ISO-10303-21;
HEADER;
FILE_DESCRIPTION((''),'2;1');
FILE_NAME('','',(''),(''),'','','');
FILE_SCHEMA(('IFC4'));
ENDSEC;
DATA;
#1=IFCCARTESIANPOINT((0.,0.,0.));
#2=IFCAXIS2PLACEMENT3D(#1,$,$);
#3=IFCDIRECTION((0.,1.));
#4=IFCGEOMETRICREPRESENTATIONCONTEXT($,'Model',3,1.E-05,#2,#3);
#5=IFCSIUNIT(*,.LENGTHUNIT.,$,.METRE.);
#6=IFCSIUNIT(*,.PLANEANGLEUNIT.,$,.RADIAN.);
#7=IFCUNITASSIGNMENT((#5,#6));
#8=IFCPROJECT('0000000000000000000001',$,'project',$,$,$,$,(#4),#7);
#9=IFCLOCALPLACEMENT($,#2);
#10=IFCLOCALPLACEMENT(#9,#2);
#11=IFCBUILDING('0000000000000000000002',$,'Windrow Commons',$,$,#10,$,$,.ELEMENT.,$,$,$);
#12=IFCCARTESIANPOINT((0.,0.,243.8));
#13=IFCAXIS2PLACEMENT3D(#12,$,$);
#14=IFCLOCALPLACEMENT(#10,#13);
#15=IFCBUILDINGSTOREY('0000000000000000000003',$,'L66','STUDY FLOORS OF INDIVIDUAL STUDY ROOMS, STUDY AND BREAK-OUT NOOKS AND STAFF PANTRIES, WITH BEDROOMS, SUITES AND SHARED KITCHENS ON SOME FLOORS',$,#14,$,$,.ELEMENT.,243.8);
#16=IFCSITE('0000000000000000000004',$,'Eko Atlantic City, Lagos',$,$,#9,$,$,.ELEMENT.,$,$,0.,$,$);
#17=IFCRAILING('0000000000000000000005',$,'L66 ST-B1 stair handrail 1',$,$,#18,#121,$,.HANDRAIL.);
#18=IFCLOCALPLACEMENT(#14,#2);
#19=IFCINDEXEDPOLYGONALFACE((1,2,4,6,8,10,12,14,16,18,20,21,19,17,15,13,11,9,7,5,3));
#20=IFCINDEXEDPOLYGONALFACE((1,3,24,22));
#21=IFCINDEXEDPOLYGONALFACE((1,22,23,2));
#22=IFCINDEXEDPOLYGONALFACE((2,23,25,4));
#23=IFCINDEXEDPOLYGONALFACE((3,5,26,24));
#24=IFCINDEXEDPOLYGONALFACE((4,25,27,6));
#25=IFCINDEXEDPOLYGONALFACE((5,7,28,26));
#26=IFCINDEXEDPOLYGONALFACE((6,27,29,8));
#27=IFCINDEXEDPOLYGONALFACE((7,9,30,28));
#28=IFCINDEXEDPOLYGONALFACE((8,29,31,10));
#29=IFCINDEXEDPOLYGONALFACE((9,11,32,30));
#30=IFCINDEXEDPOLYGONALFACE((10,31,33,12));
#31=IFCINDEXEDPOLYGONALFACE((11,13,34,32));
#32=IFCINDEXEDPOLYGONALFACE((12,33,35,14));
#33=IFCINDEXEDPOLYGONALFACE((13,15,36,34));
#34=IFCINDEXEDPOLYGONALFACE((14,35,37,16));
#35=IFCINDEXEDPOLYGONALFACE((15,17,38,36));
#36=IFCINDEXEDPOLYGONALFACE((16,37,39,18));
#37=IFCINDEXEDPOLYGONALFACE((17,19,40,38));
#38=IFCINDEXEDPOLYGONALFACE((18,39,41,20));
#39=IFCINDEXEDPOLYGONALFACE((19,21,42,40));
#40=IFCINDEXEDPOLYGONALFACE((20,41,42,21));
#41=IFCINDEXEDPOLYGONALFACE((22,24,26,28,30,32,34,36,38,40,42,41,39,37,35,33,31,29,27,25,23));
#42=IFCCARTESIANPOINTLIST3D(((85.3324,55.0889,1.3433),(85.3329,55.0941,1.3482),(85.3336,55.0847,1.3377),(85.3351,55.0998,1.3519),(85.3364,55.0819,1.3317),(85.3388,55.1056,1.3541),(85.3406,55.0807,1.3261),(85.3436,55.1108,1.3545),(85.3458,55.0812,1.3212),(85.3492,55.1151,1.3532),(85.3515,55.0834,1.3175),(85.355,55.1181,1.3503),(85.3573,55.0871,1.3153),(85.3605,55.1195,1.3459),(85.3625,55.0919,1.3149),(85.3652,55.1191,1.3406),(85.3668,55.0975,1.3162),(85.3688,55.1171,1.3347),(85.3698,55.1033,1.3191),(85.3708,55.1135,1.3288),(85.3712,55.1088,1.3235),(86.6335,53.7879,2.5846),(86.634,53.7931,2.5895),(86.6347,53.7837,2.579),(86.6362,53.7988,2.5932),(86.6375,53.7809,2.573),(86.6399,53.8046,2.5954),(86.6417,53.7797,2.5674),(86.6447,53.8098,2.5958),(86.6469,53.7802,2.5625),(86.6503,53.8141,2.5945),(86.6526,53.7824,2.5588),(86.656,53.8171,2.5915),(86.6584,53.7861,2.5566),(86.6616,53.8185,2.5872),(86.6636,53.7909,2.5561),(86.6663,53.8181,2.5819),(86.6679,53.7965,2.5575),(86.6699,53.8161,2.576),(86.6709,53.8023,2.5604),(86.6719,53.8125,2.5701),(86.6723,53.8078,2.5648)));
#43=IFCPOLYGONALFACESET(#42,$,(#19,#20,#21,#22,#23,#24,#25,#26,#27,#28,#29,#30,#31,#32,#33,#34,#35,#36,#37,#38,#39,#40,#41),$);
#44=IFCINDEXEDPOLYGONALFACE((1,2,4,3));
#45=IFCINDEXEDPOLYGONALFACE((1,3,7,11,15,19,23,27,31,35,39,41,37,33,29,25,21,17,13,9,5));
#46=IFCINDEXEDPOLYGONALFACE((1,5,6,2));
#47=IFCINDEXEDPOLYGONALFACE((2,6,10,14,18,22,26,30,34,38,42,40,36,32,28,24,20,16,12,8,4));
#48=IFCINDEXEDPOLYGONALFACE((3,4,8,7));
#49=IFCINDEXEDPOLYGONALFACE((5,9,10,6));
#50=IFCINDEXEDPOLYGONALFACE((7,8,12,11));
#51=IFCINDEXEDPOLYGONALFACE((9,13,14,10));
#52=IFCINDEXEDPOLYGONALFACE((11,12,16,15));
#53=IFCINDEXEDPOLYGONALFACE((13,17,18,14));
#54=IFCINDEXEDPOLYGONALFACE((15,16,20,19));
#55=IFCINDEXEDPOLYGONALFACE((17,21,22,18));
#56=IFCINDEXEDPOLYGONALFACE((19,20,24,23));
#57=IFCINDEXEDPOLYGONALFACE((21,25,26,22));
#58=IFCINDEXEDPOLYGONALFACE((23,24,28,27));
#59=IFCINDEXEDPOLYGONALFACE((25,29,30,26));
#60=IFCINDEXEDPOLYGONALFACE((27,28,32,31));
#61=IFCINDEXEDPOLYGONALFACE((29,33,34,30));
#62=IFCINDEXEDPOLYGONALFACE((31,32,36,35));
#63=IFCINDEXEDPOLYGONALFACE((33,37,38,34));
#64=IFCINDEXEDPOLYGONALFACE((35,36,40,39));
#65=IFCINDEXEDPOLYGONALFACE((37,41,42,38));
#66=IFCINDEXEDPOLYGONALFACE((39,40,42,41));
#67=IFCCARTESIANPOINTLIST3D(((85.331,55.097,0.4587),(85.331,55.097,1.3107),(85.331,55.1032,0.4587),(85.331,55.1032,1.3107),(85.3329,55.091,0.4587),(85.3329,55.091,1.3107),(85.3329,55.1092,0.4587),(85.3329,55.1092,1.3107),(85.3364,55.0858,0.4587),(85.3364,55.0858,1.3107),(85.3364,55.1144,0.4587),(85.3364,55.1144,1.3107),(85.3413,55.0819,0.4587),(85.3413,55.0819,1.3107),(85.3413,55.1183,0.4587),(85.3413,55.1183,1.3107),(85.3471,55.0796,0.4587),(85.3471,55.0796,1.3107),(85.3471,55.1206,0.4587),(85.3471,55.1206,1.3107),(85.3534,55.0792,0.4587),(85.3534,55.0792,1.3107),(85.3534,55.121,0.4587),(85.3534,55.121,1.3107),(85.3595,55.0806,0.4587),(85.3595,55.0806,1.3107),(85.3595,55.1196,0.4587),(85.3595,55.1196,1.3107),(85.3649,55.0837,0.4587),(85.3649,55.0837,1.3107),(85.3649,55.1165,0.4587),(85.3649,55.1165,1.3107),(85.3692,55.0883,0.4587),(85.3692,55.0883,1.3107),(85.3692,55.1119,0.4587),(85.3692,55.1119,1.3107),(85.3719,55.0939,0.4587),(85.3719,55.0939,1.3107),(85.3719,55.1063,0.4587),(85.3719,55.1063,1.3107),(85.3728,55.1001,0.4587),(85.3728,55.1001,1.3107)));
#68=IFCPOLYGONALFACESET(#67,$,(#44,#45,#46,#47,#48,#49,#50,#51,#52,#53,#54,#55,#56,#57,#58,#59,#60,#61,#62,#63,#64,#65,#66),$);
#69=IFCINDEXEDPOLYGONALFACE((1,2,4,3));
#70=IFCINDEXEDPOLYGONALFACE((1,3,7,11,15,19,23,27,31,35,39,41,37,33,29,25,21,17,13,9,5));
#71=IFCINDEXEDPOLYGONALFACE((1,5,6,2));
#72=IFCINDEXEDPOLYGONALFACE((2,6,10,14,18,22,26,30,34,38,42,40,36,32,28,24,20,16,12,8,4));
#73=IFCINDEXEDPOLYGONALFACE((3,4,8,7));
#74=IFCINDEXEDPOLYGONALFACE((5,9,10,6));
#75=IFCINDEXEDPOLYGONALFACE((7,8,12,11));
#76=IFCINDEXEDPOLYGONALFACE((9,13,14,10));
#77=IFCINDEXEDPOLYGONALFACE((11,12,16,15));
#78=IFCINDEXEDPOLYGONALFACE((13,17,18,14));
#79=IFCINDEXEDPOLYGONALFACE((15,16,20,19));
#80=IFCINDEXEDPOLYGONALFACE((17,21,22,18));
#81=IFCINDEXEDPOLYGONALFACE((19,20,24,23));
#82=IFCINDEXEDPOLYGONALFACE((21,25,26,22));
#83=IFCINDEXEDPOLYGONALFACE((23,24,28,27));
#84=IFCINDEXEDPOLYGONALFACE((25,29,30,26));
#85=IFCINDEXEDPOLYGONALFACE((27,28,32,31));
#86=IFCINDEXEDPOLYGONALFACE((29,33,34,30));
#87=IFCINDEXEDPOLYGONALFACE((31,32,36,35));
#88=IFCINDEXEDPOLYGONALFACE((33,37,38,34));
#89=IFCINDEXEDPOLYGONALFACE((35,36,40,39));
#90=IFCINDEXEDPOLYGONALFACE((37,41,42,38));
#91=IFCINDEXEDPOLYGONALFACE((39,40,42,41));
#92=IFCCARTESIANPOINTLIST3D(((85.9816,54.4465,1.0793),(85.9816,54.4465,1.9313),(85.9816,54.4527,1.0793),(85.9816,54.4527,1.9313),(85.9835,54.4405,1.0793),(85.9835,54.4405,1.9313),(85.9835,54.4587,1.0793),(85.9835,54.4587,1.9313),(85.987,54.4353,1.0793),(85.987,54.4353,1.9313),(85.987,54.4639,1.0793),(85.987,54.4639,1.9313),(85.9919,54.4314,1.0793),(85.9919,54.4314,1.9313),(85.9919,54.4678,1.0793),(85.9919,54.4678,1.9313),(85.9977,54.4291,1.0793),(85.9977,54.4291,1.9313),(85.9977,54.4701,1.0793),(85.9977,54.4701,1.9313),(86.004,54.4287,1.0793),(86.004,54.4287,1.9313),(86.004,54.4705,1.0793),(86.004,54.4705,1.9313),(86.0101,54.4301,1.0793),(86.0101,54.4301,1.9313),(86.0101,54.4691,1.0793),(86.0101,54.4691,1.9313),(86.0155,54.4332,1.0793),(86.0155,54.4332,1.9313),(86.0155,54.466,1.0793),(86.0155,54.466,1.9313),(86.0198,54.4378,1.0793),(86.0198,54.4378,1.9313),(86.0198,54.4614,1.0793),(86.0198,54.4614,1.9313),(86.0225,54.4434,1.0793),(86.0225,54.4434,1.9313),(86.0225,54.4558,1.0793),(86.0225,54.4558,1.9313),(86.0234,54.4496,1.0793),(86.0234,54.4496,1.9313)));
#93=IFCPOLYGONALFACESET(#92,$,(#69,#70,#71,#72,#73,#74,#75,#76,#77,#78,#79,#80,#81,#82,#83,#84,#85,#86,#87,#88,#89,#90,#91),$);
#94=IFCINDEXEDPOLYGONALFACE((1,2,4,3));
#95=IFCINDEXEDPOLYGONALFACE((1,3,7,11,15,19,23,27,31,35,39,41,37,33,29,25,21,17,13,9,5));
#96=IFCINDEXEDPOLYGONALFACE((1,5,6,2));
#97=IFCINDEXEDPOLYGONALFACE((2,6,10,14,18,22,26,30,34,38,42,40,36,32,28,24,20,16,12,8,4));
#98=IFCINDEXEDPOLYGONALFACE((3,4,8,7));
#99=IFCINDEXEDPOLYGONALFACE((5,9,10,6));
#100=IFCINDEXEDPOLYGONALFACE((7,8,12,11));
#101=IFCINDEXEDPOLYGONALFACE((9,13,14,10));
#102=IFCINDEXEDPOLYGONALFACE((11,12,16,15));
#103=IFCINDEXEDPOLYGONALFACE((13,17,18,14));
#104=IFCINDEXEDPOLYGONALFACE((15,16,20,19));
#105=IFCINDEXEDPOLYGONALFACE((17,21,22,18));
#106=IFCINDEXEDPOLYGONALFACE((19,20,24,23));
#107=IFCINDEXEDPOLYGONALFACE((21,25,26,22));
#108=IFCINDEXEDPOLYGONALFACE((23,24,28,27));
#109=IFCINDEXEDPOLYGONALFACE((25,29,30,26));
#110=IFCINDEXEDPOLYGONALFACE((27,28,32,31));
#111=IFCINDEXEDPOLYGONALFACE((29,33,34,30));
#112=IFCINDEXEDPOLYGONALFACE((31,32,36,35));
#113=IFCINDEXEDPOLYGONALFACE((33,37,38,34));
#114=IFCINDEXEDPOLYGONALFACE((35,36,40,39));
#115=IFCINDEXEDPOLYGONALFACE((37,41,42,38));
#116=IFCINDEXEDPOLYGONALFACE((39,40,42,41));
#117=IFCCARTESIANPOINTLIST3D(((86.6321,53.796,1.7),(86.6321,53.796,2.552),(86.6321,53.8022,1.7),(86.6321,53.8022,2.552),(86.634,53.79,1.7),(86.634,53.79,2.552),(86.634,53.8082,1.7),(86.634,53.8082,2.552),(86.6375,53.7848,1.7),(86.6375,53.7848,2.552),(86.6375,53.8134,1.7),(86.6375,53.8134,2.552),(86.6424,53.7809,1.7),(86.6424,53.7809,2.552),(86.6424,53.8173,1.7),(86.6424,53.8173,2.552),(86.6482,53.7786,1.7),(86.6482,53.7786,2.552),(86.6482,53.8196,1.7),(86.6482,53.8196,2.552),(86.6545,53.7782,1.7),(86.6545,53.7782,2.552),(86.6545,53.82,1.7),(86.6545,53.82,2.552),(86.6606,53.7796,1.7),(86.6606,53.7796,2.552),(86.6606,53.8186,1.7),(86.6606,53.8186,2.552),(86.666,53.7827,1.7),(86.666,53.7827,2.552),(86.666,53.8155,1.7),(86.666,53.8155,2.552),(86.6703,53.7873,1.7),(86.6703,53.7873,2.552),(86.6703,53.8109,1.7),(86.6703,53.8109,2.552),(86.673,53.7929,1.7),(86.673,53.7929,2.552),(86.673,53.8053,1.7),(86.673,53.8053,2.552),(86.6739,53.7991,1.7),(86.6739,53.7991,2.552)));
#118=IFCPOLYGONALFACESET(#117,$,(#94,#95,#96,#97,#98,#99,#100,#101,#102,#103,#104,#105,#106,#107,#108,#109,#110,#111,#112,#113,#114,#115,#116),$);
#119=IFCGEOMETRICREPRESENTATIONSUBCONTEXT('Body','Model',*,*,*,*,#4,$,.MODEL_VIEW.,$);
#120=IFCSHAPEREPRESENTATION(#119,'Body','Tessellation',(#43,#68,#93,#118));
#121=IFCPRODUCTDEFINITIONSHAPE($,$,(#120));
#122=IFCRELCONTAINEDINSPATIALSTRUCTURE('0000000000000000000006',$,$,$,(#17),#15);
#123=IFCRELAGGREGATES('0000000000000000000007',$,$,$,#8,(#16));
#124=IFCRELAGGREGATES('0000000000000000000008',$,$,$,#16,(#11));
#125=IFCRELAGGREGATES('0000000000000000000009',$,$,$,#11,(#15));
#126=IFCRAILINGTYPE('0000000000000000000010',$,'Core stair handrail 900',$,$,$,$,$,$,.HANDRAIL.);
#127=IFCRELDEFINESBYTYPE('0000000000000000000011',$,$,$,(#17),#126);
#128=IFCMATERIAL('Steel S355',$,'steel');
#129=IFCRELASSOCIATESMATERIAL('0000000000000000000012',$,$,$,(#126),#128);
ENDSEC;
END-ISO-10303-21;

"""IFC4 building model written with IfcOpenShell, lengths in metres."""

from ifc_helpers import new_model, si_unit, direction, frame, origin, origin_2d, place, context, subcontext, project, spatial, circle, extrude, material, type_object, element, save


model = new_model("IFC4")

# Units and contexts
model_context = context("Model", 3, precision=1e-05, world=origin(), true_north=direction((0.0, 1.0)))
body_context = subcontext(model_context, "Body", "Model", "MODEL_VIEW")
ifc_project = project(units=[si_unit("LENGTHUNIT", "METRE"), si_unit("PLANEANGLEUNIT", "RADIAN")], contexts=[model_context])

# Site, building, storey
site_placement = place(None, origin())
site = spatial("IfcSite", under=ifc_project, at=site_placement, Name="Eko Atlantic City, Lagos", CompositionType="ELEMENT", RefElevation=0.0)
building_placement = place(site_placement, origin())
building = spatial("IfcBuilding", under=site, at=building_placement, Name="Windrow Commons", CompositionType="ELEMENT")
storey_placement = place(building_placement, frame((0.0, 0.0, 243.8)))
storey = spatial("IfcBuildingStorey", under=building, at=storey_placement, Name="L66", Description="STUDY FLOORS OF INDIVIDUAL STUDY ROOMS, STUDY AND BREAK-OUT NOOKS AND STAFF PANTRIES, WITH BEDROOMS, SUITES AND SHARED KITCHENS ON SOME FLOORS", CompositionType="ELEMENT", Elevation=243.8)

# Railing
ifc_material_1 = material(Name="Steel S355", Category="steel")
railing_type_1 = type_object("IfcRailingType", Name="Core stair handrail 900", PredefinedType="HANDRAIL", material=ifc_material_1)
railing_1_placement = place(storey_placement, frame((85.3518, 55.1001, 0.4587)))
element("IfcRailing", 1, at=railing_1_placement, inside=storey, type_object=railing_type_1, Name="L66 ST-B1 stair handrail 1", PredefinedType="HANDRAIL", context=body_context, shape_type="SweptSolid", body=[
    extrude(circle(Radius=0.024, at=origin_2d()), frame((0.0, 0.0, 0.876), z_axis=(0.586207, -0.586162, 0.559264), x_axis=(0.70708, 0.707134, 0.0)), (0.0, 0.0, 1.0), 2.2195),
    extrude(circle(Radius=0.021, at=origin_2d()), origin(), (0.0, 0.0, 1.0), 0.852),
    extrude(circle(Radius=0.021, at=origin_2d()), frame((0.6506, -0.6505, 0.6206)), (0.0, 0.0, 1.0), 0.852),
    extrude(circle(Radius=0.021, at=origin_2d()), frame((1.3011, -1.301, 1.2413)), (0.0, 0.0, 1.0), 0.852),
])

save(model, "model.ifc")
